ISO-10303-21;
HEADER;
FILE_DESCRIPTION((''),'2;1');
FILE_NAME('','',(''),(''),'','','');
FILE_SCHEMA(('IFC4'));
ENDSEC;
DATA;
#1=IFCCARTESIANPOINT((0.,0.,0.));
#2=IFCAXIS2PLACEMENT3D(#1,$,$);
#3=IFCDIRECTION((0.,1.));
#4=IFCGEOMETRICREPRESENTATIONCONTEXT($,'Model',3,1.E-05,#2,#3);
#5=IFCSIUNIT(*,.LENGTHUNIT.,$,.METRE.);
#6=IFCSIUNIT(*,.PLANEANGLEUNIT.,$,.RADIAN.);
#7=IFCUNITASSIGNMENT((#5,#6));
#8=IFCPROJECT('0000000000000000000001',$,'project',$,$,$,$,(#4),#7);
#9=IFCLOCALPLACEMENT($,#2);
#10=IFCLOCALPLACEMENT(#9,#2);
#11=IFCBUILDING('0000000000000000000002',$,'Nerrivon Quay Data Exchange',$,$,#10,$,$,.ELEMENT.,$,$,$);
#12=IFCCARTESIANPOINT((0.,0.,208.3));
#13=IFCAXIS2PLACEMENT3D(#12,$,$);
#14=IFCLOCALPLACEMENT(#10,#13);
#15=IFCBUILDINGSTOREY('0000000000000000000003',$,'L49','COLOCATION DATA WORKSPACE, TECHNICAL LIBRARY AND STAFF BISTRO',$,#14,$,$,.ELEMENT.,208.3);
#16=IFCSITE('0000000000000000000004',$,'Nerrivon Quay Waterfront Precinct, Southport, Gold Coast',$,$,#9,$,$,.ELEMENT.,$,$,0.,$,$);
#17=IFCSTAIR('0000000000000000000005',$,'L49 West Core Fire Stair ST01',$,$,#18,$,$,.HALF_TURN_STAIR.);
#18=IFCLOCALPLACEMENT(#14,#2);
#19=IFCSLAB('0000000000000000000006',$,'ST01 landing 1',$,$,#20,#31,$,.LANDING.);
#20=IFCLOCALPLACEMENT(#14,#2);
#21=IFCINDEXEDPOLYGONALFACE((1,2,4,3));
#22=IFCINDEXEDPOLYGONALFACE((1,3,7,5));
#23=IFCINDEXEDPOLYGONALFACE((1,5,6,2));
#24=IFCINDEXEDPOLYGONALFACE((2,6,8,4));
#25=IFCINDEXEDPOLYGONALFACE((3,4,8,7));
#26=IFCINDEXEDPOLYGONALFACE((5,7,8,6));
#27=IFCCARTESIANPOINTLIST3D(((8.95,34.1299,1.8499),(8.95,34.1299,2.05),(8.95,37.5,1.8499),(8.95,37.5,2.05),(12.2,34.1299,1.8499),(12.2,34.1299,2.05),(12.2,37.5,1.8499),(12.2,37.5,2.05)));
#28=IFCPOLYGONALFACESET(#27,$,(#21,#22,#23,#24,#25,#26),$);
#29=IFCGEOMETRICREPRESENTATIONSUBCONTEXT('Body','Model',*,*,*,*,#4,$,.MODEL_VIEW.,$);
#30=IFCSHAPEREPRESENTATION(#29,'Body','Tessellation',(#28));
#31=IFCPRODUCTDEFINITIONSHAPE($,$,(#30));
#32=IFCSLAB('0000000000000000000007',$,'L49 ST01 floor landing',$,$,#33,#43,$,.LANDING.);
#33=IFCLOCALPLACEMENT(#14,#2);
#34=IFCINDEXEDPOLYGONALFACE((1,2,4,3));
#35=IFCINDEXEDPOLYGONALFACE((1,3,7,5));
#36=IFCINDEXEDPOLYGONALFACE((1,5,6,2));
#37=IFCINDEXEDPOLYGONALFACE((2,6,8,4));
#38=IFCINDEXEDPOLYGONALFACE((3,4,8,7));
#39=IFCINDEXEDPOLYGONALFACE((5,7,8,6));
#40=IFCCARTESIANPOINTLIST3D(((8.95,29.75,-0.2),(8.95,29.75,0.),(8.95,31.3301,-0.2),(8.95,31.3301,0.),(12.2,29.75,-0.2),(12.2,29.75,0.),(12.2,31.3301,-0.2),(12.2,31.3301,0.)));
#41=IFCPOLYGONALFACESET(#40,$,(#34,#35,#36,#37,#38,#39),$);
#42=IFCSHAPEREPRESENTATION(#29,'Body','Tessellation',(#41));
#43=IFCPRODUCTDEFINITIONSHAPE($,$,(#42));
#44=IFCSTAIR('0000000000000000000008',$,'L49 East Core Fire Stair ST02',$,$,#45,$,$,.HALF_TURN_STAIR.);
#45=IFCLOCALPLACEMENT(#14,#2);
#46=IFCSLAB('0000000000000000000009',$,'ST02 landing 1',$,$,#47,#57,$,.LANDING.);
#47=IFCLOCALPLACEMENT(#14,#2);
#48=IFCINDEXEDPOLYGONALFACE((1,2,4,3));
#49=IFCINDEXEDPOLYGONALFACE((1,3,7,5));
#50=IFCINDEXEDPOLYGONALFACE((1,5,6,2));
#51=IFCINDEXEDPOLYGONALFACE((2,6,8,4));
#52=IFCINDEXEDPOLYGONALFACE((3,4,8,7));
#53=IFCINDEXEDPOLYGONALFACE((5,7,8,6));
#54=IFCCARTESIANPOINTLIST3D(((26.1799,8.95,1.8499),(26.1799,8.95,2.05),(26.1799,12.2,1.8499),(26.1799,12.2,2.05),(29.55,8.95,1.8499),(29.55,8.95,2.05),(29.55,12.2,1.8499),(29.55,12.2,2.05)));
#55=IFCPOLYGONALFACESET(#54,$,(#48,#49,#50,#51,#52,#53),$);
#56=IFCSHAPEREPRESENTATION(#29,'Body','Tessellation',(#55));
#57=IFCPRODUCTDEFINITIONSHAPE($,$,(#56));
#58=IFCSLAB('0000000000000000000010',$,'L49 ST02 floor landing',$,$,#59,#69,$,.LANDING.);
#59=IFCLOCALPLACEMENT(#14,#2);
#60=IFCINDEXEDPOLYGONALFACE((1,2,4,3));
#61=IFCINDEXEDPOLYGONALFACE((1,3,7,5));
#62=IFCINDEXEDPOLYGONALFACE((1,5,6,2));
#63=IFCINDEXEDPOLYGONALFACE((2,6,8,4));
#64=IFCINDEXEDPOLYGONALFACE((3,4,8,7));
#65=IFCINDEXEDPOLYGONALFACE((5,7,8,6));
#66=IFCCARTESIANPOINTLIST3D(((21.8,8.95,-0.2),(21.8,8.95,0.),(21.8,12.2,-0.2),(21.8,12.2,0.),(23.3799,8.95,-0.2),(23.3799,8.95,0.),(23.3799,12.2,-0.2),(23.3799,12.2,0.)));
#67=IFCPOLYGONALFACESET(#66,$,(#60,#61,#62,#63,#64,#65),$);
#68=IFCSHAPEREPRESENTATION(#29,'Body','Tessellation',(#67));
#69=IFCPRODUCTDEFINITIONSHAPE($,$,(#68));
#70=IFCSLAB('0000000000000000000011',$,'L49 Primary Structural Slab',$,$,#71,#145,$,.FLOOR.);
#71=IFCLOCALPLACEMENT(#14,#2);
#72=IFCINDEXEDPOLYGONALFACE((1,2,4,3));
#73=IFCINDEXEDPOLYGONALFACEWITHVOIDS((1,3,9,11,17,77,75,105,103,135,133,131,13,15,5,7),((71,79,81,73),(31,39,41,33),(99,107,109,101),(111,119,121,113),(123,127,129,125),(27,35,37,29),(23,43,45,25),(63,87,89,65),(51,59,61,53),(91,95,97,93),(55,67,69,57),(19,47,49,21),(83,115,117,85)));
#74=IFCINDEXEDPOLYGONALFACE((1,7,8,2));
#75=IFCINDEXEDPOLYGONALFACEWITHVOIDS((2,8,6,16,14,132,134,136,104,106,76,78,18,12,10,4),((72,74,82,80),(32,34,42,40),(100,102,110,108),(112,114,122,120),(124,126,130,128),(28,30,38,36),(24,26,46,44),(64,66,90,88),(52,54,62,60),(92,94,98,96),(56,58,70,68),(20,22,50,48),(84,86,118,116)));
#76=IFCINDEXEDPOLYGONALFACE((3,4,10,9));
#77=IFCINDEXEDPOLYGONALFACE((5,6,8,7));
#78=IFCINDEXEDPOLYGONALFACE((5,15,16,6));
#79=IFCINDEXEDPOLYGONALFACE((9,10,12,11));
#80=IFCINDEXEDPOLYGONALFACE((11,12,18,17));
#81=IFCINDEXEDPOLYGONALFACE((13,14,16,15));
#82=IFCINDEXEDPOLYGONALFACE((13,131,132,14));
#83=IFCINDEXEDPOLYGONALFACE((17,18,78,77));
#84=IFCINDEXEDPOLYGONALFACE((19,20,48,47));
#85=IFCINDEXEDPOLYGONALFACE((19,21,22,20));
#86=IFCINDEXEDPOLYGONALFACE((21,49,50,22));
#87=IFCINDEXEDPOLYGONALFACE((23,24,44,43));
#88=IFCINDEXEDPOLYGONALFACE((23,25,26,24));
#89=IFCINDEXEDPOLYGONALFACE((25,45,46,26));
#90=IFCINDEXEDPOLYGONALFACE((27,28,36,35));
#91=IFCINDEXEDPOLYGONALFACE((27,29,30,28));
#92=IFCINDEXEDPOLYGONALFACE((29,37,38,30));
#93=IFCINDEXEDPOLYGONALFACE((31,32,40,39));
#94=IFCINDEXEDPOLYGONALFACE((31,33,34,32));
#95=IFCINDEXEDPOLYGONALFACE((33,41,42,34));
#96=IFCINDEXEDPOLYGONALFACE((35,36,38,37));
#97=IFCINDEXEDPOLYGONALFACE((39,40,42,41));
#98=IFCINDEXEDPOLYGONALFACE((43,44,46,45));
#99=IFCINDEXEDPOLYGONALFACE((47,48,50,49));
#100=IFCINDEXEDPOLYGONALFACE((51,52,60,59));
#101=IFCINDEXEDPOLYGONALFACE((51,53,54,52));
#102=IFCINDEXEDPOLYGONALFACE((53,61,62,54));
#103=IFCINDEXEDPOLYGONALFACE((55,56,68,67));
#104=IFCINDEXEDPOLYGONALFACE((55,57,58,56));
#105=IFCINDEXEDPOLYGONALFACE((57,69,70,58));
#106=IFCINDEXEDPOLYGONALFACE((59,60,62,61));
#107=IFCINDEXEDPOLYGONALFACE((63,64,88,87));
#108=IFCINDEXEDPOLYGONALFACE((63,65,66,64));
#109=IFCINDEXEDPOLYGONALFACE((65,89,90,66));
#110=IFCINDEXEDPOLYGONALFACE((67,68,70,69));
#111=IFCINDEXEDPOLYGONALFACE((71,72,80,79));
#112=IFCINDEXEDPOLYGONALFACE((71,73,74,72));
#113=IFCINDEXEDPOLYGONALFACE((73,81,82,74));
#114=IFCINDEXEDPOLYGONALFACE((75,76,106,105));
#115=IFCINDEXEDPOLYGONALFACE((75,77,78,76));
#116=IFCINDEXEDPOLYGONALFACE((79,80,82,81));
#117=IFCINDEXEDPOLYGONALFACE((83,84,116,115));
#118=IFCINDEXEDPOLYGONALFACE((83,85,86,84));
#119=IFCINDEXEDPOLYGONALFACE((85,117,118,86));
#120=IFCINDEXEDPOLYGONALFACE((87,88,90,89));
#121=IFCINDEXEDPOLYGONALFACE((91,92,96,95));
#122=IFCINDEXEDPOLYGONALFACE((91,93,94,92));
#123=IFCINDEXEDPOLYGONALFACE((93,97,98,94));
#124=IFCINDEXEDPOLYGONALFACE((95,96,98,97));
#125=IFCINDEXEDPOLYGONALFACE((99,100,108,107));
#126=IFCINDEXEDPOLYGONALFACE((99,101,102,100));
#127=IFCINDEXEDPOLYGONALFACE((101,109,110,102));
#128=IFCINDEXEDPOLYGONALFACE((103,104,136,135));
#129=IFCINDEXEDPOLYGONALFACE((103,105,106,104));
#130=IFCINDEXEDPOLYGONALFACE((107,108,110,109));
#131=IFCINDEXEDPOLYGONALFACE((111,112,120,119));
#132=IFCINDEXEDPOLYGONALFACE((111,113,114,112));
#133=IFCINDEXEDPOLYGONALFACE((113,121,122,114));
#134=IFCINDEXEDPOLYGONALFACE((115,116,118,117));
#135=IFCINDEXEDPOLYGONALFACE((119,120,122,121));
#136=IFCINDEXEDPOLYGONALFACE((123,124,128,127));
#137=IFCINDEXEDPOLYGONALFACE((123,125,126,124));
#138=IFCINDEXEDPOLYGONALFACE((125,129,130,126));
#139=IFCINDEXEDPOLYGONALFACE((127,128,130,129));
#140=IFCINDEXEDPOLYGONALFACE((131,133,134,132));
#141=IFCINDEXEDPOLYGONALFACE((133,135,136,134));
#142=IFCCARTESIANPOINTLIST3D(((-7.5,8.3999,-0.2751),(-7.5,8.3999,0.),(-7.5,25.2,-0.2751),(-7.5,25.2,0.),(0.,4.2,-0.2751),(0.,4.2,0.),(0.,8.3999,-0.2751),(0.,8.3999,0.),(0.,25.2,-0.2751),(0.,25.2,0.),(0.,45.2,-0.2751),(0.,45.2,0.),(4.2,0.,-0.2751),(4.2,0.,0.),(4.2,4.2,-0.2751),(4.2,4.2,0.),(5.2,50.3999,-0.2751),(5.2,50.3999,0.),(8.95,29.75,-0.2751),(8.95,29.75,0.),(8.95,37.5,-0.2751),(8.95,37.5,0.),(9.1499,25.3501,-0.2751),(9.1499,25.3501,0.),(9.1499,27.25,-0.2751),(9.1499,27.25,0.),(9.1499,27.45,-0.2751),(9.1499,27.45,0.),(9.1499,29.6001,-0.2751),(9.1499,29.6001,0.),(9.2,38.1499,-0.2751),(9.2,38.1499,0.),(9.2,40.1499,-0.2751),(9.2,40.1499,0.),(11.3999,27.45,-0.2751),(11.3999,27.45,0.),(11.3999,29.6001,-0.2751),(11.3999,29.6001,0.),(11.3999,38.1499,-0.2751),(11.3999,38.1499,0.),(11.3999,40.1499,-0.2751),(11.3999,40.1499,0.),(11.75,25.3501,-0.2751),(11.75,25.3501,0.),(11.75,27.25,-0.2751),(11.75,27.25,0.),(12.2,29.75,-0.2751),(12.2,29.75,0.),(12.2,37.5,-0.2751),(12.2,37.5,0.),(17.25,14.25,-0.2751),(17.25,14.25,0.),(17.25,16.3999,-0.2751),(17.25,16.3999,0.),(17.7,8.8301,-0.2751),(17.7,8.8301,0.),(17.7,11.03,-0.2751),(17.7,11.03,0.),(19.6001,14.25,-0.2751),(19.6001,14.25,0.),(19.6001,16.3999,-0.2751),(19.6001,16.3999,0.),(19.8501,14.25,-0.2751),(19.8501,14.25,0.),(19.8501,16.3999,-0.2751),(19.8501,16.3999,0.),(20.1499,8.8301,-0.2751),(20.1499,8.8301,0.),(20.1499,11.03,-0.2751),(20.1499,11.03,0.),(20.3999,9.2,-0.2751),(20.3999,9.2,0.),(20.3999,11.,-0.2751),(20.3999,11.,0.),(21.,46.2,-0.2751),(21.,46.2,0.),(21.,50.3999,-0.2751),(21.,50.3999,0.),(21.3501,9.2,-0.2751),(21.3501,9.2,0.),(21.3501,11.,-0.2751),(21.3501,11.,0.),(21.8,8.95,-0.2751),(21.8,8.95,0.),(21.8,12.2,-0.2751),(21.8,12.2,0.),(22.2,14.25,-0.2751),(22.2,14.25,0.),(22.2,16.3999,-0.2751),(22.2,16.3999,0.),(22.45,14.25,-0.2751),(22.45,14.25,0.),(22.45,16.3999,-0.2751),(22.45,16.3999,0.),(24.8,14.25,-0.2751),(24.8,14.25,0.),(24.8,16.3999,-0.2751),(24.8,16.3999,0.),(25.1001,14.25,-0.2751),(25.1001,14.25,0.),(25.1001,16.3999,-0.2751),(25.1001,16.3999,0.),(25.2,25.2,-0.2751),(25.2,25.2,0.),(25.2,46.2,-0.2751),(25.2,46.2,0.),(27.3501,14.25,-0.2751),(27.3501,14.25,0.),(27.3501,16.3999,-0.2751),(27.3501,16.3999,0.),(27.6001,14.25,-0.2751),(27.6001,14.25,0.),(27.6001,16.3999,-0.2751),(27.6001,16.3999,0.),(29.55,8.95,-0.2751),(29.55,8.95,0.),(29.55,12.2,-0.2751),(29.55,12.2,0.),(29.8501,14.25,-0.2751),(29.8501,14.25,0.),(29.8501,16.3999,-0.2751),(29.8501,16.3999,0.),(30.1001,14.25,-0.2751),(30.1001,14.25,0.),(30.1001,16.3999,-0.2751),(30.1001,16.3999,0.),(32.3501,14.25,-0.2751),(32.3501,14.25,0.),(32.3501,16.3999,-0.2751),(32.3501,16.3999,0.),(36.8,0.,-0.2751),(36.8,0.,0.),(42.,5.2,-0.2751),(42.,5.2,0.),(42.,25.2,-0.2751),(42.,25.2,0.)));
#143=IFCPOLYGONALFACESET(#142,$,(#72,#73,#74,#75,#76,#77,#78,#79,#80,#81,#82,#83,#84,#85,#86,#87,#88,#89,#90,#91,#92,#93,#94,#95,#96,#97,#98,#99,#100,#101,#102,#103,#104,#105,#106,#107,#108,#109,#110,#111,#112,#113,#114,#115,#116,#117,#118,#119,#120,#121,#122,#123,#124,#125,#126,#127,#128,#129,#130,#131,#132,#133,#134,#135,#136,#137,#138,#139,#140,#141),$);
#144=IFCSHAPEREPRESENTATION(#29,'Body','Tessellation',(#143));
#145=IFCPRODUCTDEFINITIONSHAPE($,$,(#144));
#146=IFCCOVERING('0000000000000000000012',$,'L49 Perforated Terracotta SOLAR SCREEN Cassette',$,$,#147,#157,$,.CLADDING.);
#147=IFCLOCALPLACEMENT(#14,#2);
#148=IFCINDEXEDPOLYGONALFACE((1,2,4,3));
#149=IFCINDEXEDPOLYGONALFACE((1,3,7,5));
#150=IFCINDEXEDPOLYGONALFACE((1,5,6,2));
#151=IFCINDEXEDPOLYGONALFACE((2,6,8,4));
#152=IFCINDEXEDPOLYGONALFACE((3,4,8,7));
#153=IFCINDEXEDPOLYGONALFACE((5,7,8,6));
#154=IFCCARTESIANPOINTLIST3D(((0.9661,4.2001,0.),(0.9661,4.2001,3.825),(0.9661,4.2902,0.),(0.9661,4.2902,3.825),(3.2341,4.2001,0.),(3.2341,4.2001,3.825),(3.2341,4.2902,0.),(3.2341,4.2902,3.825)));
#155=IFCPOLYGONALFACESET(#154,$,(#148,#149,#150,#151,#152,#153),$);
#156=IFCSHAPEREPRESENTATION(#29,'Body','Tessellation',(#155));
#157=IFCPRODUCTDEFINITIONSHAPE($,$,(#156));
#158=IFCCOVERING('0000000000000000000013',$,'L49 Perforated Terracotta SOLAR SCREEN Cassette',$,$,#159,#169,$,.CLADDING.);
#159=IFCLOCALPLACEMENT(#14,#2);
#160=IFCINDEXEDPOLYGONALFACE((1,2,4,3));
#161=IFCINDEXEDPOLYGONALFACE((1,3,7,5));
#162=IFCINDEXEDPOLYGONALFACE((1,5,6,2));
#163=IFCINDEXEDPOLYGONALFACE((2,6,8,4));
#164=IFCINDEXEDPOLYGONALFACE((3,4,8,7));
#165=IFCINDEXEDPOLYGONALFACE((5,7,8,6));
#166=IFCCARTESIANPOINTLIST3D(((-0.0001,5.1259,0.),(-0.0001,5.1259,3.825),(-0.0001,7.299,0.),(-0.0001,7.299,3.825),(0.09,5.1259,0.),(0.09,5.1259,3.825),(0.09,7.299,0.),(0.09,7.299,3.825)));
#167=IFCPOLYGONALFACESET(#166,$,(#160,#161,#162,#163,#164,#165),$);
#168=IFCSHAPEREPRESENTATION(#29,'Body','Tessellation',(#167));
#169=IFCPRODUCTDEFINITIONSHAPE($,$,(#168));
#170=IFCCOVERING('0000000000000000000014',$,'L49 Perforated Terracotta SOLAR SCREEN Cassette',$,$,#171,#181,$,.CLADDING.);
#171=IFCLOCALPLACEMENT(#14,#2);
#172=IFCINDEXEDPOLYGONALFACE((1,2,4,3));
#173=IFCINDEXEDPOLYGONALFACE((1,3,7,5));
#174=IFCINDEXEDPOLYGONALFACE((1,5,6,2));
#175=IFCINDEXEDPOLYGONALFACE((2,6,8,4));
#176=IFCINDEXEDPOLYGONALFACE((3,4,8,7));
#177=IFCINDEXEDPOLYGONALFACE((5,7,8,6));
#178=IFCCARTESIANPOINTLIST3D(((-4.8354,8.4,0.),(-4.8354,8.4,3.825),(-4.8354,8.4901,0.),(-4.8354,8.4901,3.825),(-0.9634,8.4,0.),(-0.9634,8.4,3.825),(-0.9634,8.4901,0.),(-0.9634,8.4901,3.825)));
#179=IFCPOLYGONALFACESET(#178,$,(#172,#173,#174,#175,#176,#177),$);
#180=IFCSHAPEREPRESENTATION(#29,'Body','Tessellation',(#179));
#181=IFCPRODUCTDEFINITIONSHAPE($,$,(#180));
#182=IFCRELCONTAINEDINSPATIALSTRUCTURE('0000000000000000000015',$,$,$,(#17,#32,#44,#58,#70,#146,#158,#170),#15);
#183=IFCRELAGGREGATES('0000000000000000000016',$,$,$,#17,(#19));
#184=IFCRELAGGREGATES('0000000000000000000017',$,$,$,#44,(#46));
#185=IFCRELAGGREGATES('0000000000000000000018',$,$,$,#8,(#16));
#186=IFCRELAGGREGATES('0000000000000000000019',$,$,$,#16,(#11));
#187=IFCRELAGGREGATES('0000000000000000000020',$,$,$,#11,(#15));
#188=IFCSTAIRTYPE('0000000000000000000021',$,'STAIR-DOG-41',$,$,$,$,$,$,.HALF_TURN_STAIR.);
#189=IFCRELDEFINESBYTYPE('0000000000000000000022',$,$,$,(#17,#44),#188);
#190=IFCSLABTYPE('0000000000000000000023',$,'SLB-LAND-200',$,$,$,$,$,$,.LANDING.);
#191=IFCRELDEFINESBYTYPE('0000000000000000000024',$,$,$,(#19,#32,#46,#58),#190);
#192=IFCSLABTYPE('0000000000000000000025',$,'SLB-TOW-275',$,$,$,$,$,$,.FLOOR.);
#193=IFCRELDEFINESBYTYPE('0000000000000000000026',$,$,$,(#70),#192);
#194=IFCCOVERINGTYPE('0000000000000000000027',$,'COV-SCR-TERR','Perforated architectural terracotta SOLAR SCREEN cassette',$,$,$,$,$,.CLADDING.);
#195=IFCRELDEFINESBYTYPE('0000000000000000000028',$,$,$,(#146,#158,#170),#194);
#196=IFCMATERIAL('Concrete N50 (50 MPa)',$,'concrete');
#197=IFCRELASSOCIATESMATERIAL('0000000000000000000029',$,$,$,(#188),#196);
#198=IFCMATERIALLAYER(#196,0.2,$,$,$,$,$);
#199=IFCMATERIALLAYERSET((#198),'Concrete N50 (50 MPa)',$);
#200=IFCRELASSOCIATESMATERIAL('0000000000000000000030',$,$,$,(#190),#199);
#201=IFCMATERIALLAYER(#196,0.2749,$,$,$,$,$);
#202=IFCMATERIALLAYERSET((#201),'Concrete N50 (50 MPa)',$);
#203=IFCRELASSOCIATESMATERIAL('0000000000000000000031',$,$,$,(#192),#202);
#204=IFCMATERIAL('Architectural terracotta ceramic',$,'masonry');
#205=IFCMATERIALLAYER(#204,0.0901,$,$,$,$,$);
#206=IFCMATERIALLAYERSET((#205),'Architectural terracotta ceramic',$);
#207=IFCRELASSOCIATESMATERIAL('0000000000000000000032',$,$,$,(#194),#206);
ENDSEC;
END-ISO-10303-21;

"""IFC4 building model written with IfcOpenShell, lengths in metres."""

from ifc_helpers import new_model, si_unit, direction, frame, origin, origin_2d, place, context, subcontext, project, spatial, polyline, rectangle, outline, extrude, material, layer, layer_set, type_object, element, aggregate, save


model = new_model("IFC4")

# Units and contexts
model_context = context("Model", 3, precision=1e-05, world=origin(), true_north=direction((0.0, 1.0)))
body_context = subcontext(model_context, "Body", "Model", "MODEL_VIEW")
ifc_project = project(units=[si_unit("LENGTHUNIT", "METRE"), si_unit("PLANEANGLEUNIT", "RADIAN")], contexts=[model_context])

# Site, building, storey
site_placement = place(None, origin())
site = spatial("IfcSite", under=ifc_project, at=site_placement, Name="Nerrivon Quay Waterfront Precinct, Southport, Gold Coast", CompositionType="ELEMENT", RefElevation=0.0)
building_placement = place(site_placement, origin())
building = spatial("IfcBuilding", under=site, at=building_placement, Name="Nerrivon Quay Data Exchange", CompositionType="ELEMENT")
storey_placement = place(building_placement, frame((0.0, 0.0, 208.3)))
storey = spatial("IfcBuildingStorey", under=building, at=storey_placement, Name="L49", Description="COLOCATION DATA WORKSPACE, TECHNICAL LIBRARY AND STAFF BISTRO", CompositionType="ELEMENT", Elevation=208.3)

# Stair, slab
ifc_material_1 = material(Name="Concrete N50 (50 MPa)", Category="concrete")
stair_type = type_object("IfcStairType", Name="STAIR-DOG-41", PredefinedType="HALF_TURN_STAIR", material=ifc_material_1)
stair_1_placement = place(storey_placement, origin())
stair_1 = element("IfcStair", 1, at=stair_1_placement, inside=storey, type_object=stair_type, Name="L49 West Core Fire Stair ST01", PredefinedType="HALF_TURN_STAIR")
ifc_layer_1 = layer(ifc_material_1, 0.2)
ifc_layer_set_1 = layer_set([ifc_layer_1], Name="Concrete N50 (50 MPa)")
slab_type_1 = type_object("IfcSlabType", Name="SLB-LAND-200", PredefinedType="LANDING", material=ifc_layer_set_1)
slab_1_placement = place(storey_placement, frame((0.0, 0.0, 1.8499)))
slab_1 = element("IfcSlab", 2, at=slab_1_placement, type_object=slab_type_1, Name="ST01 landing 1", PredefinedType="LANDING", context=body_context, shape_type="SweptSolid", body=[
    extrude(outline(polyline([(12.2, 34.1299), (12.2, 37.5), (8.95, 37.5), (8.95, 34.1299), (12.2, 34.1299)])), origin(), (0.0, 0.0, 1.0), 0.2002),
])
aggregate(stair_1, [slab_1])

# Slab
slab_2_placement = place(storey_placement, frame((0.0, 0.0, -0.2)))
element("IfcSlab", 3, at=slab_2_placement, inside=storey, type_object=slab_type_1, Name="L49 ST01 floor landing", PredefinedType="LANDING", context=body_context, shape_type="SweptSolid", body=[
    extrude(outline(polyline([(12.2, 29.75), (12.2, 31.3301), (8.95, 31.3301), (8.95, 29.75), (12.2, 29.75)])), origin(), (0.0, 0.0, 1.0), 0.2),
])

# Stair, slab
stair_2_placement = place(storey_placement, origin())
stair_2 = element("IfcStair", 4, at=stair_2_placement, inside=storey, type_object=stair_type, Name="L49 East Core Fire Stair ST02", PredefinedType="HALF_TURN_STAIR")
slab_3_placement = place(storey_placement, frame((0.0, 0.0, 1.8499)))
slab_3 = element("IfcSlab", 5, at=slab_3_placement, type_object=slab_type_1, Name="ST02 landing 1", PredefinedType="LANDING", context=body_context, shape_type="SweptSolid", body=[
    extrude(outline(polyline([(26.1799, 8.95), (29.55, 8.95), (29.55, 12.2), (26.1799, 12.2), (26.1799, 8.95)])), origin(), (0.0, 0.0, 1.0), 0.2002),
])
aggregate(stair_2, [slab_3])

# Slabs
slab_4_placement = place(storey_placement, frame((0.0, 0.0, -0.2)))
element("IfcSlab", 6, at=slab_4_placement, inside=storey, type_object=slab_type_1, Name="L49 ST02 floor landing", PredefinedType="LANDING", context=body_context, shape_type="SweptSolid", body=[
    extrude(outline(polyline([(21.8, 8.95), (23.3799, 8.95), (23.3799, 12.2), (21.8, 12.2), (21.8, 8.95)])), origin(), (0.0, 0.0, 1.0), 0.2),
])
ifc_layer_2 = layer(ifc_material_1, 0.2749)
ifc_layer_set_2 = layer_set([ifc_layer_2], Name="Concrete N50 (50 MPa)")
slab_type_2 = type_object("IfcSlabType", Name="SLB-TOW-275", PredefinedType="FLOOR", material=ifc_layer_set_2)
slab_5_placement = place(storey_placement, frame((0.0, 0.0, -0.2751)))
element("IfcSlab", 7, at=slab_5_placement, inside=storey, type_object=slab_type_2, Name="L49 Primary Structural Slab", PredefinedType="FLOOR", context=body_context, shape_type="SweptSolid", body=[
    extrude(outline(polyline([(0.0, 8.3999), (0.0, 4.2), (4.2, 4.2), (4.2, 0.0), (36.8, 0.0), (42.0, 5.2), (42.0, 25.2), (25.2, 25.2), (25.2, 46.2), (21.0, 46.2), (21.0, 50.3999), (5.2, 50.3999), (0.0, 45.2), (0.0, 25.2), (-7.5, 25.2), (-7.5, 8.3999), (0.0, 8.3999)]), holes=[polyline([(8.95, 29.75), (8.95, 37.5), (12.2, 37.5), (12.2, 29.75), (8.95, 29.75)]), polyline([(21.8, 12.2), (29.55, 12.2), (29.55, 8.95), (21.8, 8.95), (21.8, 12.2)]), polyline([(30.1001, 16.3999), (32.3501, 16.3999), (32.3501, 14.25), (30.1001, 14.25), (30.1001, 16.3999)]), polyline([(27.6001, 16.3999), (29.8501, 16.3999), (29.8501, 14.25), (27.6001, 14.25), (27.6001, 16.3999)]), polyline([(25.1001, 14.25), (25.1001, 16.3999), (27.3501, 16.3999), (27.3501, 14.25), (25.1001, 14.25)]), polyline([(22.45, 16.3999), (24.8, 16.3999), (24.8, 14.25), (22.45, 14.25), (22.45, 16.3999)]), polyline([(19.8501, 16.3999), (22.2, 16.3999), (22.2, 14.25), (19.8501, 14.25), (19.8501, 16.3999)]), polyline([(20.3999, 9.2), (20.3999, 11.0), (21.3501, 11.0), (21.3501, 9.2), (20.3999, 9.2)]), polyline([(17.7, 8.8301), (17.7, 11.03), (20.1499, 11.03), (20.1499, 8.8301), (17.7, 8.8301)]), polyline([(17.25, 14.25), (17.25, 16.3999), (19.6001, 16.3999), (19.6001, 14.25), (17.25, 14.25)]), polyline([(9.1499, 27.25), (11.75, 27.25), (11.75, 25.3501), (9.1499, 25.3501), (9.1499, 27.25)]), polyline([(9.1499, 29.6001), (11.3999, 29.6001), (11.3999, 27.45), (9.1499, 27.45), (9.1499, 29.6001)]), polyline([(9.2, 38.1499), (9.2, 40.1499), (11.3999, 40.1499), (11.3999, 38.1499), (9.2, 38.1499)])]), origin(), (0.0, 0.0, 1.0), 0.2751),
])

# Coverings
ifc_material_2 = material(Name="Architectural terracotta ceramic", Category="masonry")
ifc_layer_3 = layer(ifc_material_2, 0.0901)
ifc_layer_set_3 = layer_set([ifc_layer_3], Name="Architectural terracotta ceramic")
covering_type = type_object("IfcCoveringType", Name="COV-SCR-TERR", Description="Perforated architectural terracotta SOLAR SCREEN cassette", PredefinedType="CLADDING", material=ifc_layer_set_3)
covering_1_placement = place(storey_placement, frame((2.1001, 4.2451, 0.0), z_axis=(0.0, 0.0, 1.0), x_axis=(-1.0, 0.0, 0.0)))
element("IfcCovering", 8, at=covering_1_placement, inside=storey, type_object=covering_type, Name="L49 Perforated Terracotta SOLAR SCREEN Cassette", PredefinedType="CLADDING", context=body_context, shape_type="SweptSolid", body=[
    extrude(rectangle(XDim=2.2681, YDim=0.0901, at=origin_2d()), origin(), (0.0, 0.0, 1.0), 3.825),
])
covering_2_placement = place(storey_placement, frame((0.0449, 6.2124, 0.0), z_axis=(0.0, 0.0, 1.0), x_axis=(0.0, 1.0, 0.0)))
element("IfcCovering", 9, at=covering_2_placement, inside=storey, type_object=covering_type, Name="L49 Perforated Terracotta SOLAR SCREEN Cassette", PredefinedType="CLADDING", context=body_context, shape_type="SweptSolid", body=[
    extrude(rectangle(XDim=2.1731, YDim=0.0901, at=origin_2d()), origin(), (0.0, 0.0, 1.0), 3.825),
])
covering_3_placement = place(storey_placement, frame((-2.8994, 8.4451, 0.0), z_axis=(0.0, 0.0, 1.0), x_axis=(-1.0, 0.0, 0.0)))
element("IfcCovering", 10, at=covering_3_placement, inside=storey, type_object=covering_type, Name="L49 Perforated Terracotta SOLAR SCREEN Cassette", PredefinedType="CLADDING", context=body_context, shape_type="SweptSolid", body=[
    extrude(rectangle(XDim=3.8721, YDim=0.0901, at=origin_2d()), origin(), (0.0, 0.0, 1.0), 3.825),
])

save(model, "model.ifc")
